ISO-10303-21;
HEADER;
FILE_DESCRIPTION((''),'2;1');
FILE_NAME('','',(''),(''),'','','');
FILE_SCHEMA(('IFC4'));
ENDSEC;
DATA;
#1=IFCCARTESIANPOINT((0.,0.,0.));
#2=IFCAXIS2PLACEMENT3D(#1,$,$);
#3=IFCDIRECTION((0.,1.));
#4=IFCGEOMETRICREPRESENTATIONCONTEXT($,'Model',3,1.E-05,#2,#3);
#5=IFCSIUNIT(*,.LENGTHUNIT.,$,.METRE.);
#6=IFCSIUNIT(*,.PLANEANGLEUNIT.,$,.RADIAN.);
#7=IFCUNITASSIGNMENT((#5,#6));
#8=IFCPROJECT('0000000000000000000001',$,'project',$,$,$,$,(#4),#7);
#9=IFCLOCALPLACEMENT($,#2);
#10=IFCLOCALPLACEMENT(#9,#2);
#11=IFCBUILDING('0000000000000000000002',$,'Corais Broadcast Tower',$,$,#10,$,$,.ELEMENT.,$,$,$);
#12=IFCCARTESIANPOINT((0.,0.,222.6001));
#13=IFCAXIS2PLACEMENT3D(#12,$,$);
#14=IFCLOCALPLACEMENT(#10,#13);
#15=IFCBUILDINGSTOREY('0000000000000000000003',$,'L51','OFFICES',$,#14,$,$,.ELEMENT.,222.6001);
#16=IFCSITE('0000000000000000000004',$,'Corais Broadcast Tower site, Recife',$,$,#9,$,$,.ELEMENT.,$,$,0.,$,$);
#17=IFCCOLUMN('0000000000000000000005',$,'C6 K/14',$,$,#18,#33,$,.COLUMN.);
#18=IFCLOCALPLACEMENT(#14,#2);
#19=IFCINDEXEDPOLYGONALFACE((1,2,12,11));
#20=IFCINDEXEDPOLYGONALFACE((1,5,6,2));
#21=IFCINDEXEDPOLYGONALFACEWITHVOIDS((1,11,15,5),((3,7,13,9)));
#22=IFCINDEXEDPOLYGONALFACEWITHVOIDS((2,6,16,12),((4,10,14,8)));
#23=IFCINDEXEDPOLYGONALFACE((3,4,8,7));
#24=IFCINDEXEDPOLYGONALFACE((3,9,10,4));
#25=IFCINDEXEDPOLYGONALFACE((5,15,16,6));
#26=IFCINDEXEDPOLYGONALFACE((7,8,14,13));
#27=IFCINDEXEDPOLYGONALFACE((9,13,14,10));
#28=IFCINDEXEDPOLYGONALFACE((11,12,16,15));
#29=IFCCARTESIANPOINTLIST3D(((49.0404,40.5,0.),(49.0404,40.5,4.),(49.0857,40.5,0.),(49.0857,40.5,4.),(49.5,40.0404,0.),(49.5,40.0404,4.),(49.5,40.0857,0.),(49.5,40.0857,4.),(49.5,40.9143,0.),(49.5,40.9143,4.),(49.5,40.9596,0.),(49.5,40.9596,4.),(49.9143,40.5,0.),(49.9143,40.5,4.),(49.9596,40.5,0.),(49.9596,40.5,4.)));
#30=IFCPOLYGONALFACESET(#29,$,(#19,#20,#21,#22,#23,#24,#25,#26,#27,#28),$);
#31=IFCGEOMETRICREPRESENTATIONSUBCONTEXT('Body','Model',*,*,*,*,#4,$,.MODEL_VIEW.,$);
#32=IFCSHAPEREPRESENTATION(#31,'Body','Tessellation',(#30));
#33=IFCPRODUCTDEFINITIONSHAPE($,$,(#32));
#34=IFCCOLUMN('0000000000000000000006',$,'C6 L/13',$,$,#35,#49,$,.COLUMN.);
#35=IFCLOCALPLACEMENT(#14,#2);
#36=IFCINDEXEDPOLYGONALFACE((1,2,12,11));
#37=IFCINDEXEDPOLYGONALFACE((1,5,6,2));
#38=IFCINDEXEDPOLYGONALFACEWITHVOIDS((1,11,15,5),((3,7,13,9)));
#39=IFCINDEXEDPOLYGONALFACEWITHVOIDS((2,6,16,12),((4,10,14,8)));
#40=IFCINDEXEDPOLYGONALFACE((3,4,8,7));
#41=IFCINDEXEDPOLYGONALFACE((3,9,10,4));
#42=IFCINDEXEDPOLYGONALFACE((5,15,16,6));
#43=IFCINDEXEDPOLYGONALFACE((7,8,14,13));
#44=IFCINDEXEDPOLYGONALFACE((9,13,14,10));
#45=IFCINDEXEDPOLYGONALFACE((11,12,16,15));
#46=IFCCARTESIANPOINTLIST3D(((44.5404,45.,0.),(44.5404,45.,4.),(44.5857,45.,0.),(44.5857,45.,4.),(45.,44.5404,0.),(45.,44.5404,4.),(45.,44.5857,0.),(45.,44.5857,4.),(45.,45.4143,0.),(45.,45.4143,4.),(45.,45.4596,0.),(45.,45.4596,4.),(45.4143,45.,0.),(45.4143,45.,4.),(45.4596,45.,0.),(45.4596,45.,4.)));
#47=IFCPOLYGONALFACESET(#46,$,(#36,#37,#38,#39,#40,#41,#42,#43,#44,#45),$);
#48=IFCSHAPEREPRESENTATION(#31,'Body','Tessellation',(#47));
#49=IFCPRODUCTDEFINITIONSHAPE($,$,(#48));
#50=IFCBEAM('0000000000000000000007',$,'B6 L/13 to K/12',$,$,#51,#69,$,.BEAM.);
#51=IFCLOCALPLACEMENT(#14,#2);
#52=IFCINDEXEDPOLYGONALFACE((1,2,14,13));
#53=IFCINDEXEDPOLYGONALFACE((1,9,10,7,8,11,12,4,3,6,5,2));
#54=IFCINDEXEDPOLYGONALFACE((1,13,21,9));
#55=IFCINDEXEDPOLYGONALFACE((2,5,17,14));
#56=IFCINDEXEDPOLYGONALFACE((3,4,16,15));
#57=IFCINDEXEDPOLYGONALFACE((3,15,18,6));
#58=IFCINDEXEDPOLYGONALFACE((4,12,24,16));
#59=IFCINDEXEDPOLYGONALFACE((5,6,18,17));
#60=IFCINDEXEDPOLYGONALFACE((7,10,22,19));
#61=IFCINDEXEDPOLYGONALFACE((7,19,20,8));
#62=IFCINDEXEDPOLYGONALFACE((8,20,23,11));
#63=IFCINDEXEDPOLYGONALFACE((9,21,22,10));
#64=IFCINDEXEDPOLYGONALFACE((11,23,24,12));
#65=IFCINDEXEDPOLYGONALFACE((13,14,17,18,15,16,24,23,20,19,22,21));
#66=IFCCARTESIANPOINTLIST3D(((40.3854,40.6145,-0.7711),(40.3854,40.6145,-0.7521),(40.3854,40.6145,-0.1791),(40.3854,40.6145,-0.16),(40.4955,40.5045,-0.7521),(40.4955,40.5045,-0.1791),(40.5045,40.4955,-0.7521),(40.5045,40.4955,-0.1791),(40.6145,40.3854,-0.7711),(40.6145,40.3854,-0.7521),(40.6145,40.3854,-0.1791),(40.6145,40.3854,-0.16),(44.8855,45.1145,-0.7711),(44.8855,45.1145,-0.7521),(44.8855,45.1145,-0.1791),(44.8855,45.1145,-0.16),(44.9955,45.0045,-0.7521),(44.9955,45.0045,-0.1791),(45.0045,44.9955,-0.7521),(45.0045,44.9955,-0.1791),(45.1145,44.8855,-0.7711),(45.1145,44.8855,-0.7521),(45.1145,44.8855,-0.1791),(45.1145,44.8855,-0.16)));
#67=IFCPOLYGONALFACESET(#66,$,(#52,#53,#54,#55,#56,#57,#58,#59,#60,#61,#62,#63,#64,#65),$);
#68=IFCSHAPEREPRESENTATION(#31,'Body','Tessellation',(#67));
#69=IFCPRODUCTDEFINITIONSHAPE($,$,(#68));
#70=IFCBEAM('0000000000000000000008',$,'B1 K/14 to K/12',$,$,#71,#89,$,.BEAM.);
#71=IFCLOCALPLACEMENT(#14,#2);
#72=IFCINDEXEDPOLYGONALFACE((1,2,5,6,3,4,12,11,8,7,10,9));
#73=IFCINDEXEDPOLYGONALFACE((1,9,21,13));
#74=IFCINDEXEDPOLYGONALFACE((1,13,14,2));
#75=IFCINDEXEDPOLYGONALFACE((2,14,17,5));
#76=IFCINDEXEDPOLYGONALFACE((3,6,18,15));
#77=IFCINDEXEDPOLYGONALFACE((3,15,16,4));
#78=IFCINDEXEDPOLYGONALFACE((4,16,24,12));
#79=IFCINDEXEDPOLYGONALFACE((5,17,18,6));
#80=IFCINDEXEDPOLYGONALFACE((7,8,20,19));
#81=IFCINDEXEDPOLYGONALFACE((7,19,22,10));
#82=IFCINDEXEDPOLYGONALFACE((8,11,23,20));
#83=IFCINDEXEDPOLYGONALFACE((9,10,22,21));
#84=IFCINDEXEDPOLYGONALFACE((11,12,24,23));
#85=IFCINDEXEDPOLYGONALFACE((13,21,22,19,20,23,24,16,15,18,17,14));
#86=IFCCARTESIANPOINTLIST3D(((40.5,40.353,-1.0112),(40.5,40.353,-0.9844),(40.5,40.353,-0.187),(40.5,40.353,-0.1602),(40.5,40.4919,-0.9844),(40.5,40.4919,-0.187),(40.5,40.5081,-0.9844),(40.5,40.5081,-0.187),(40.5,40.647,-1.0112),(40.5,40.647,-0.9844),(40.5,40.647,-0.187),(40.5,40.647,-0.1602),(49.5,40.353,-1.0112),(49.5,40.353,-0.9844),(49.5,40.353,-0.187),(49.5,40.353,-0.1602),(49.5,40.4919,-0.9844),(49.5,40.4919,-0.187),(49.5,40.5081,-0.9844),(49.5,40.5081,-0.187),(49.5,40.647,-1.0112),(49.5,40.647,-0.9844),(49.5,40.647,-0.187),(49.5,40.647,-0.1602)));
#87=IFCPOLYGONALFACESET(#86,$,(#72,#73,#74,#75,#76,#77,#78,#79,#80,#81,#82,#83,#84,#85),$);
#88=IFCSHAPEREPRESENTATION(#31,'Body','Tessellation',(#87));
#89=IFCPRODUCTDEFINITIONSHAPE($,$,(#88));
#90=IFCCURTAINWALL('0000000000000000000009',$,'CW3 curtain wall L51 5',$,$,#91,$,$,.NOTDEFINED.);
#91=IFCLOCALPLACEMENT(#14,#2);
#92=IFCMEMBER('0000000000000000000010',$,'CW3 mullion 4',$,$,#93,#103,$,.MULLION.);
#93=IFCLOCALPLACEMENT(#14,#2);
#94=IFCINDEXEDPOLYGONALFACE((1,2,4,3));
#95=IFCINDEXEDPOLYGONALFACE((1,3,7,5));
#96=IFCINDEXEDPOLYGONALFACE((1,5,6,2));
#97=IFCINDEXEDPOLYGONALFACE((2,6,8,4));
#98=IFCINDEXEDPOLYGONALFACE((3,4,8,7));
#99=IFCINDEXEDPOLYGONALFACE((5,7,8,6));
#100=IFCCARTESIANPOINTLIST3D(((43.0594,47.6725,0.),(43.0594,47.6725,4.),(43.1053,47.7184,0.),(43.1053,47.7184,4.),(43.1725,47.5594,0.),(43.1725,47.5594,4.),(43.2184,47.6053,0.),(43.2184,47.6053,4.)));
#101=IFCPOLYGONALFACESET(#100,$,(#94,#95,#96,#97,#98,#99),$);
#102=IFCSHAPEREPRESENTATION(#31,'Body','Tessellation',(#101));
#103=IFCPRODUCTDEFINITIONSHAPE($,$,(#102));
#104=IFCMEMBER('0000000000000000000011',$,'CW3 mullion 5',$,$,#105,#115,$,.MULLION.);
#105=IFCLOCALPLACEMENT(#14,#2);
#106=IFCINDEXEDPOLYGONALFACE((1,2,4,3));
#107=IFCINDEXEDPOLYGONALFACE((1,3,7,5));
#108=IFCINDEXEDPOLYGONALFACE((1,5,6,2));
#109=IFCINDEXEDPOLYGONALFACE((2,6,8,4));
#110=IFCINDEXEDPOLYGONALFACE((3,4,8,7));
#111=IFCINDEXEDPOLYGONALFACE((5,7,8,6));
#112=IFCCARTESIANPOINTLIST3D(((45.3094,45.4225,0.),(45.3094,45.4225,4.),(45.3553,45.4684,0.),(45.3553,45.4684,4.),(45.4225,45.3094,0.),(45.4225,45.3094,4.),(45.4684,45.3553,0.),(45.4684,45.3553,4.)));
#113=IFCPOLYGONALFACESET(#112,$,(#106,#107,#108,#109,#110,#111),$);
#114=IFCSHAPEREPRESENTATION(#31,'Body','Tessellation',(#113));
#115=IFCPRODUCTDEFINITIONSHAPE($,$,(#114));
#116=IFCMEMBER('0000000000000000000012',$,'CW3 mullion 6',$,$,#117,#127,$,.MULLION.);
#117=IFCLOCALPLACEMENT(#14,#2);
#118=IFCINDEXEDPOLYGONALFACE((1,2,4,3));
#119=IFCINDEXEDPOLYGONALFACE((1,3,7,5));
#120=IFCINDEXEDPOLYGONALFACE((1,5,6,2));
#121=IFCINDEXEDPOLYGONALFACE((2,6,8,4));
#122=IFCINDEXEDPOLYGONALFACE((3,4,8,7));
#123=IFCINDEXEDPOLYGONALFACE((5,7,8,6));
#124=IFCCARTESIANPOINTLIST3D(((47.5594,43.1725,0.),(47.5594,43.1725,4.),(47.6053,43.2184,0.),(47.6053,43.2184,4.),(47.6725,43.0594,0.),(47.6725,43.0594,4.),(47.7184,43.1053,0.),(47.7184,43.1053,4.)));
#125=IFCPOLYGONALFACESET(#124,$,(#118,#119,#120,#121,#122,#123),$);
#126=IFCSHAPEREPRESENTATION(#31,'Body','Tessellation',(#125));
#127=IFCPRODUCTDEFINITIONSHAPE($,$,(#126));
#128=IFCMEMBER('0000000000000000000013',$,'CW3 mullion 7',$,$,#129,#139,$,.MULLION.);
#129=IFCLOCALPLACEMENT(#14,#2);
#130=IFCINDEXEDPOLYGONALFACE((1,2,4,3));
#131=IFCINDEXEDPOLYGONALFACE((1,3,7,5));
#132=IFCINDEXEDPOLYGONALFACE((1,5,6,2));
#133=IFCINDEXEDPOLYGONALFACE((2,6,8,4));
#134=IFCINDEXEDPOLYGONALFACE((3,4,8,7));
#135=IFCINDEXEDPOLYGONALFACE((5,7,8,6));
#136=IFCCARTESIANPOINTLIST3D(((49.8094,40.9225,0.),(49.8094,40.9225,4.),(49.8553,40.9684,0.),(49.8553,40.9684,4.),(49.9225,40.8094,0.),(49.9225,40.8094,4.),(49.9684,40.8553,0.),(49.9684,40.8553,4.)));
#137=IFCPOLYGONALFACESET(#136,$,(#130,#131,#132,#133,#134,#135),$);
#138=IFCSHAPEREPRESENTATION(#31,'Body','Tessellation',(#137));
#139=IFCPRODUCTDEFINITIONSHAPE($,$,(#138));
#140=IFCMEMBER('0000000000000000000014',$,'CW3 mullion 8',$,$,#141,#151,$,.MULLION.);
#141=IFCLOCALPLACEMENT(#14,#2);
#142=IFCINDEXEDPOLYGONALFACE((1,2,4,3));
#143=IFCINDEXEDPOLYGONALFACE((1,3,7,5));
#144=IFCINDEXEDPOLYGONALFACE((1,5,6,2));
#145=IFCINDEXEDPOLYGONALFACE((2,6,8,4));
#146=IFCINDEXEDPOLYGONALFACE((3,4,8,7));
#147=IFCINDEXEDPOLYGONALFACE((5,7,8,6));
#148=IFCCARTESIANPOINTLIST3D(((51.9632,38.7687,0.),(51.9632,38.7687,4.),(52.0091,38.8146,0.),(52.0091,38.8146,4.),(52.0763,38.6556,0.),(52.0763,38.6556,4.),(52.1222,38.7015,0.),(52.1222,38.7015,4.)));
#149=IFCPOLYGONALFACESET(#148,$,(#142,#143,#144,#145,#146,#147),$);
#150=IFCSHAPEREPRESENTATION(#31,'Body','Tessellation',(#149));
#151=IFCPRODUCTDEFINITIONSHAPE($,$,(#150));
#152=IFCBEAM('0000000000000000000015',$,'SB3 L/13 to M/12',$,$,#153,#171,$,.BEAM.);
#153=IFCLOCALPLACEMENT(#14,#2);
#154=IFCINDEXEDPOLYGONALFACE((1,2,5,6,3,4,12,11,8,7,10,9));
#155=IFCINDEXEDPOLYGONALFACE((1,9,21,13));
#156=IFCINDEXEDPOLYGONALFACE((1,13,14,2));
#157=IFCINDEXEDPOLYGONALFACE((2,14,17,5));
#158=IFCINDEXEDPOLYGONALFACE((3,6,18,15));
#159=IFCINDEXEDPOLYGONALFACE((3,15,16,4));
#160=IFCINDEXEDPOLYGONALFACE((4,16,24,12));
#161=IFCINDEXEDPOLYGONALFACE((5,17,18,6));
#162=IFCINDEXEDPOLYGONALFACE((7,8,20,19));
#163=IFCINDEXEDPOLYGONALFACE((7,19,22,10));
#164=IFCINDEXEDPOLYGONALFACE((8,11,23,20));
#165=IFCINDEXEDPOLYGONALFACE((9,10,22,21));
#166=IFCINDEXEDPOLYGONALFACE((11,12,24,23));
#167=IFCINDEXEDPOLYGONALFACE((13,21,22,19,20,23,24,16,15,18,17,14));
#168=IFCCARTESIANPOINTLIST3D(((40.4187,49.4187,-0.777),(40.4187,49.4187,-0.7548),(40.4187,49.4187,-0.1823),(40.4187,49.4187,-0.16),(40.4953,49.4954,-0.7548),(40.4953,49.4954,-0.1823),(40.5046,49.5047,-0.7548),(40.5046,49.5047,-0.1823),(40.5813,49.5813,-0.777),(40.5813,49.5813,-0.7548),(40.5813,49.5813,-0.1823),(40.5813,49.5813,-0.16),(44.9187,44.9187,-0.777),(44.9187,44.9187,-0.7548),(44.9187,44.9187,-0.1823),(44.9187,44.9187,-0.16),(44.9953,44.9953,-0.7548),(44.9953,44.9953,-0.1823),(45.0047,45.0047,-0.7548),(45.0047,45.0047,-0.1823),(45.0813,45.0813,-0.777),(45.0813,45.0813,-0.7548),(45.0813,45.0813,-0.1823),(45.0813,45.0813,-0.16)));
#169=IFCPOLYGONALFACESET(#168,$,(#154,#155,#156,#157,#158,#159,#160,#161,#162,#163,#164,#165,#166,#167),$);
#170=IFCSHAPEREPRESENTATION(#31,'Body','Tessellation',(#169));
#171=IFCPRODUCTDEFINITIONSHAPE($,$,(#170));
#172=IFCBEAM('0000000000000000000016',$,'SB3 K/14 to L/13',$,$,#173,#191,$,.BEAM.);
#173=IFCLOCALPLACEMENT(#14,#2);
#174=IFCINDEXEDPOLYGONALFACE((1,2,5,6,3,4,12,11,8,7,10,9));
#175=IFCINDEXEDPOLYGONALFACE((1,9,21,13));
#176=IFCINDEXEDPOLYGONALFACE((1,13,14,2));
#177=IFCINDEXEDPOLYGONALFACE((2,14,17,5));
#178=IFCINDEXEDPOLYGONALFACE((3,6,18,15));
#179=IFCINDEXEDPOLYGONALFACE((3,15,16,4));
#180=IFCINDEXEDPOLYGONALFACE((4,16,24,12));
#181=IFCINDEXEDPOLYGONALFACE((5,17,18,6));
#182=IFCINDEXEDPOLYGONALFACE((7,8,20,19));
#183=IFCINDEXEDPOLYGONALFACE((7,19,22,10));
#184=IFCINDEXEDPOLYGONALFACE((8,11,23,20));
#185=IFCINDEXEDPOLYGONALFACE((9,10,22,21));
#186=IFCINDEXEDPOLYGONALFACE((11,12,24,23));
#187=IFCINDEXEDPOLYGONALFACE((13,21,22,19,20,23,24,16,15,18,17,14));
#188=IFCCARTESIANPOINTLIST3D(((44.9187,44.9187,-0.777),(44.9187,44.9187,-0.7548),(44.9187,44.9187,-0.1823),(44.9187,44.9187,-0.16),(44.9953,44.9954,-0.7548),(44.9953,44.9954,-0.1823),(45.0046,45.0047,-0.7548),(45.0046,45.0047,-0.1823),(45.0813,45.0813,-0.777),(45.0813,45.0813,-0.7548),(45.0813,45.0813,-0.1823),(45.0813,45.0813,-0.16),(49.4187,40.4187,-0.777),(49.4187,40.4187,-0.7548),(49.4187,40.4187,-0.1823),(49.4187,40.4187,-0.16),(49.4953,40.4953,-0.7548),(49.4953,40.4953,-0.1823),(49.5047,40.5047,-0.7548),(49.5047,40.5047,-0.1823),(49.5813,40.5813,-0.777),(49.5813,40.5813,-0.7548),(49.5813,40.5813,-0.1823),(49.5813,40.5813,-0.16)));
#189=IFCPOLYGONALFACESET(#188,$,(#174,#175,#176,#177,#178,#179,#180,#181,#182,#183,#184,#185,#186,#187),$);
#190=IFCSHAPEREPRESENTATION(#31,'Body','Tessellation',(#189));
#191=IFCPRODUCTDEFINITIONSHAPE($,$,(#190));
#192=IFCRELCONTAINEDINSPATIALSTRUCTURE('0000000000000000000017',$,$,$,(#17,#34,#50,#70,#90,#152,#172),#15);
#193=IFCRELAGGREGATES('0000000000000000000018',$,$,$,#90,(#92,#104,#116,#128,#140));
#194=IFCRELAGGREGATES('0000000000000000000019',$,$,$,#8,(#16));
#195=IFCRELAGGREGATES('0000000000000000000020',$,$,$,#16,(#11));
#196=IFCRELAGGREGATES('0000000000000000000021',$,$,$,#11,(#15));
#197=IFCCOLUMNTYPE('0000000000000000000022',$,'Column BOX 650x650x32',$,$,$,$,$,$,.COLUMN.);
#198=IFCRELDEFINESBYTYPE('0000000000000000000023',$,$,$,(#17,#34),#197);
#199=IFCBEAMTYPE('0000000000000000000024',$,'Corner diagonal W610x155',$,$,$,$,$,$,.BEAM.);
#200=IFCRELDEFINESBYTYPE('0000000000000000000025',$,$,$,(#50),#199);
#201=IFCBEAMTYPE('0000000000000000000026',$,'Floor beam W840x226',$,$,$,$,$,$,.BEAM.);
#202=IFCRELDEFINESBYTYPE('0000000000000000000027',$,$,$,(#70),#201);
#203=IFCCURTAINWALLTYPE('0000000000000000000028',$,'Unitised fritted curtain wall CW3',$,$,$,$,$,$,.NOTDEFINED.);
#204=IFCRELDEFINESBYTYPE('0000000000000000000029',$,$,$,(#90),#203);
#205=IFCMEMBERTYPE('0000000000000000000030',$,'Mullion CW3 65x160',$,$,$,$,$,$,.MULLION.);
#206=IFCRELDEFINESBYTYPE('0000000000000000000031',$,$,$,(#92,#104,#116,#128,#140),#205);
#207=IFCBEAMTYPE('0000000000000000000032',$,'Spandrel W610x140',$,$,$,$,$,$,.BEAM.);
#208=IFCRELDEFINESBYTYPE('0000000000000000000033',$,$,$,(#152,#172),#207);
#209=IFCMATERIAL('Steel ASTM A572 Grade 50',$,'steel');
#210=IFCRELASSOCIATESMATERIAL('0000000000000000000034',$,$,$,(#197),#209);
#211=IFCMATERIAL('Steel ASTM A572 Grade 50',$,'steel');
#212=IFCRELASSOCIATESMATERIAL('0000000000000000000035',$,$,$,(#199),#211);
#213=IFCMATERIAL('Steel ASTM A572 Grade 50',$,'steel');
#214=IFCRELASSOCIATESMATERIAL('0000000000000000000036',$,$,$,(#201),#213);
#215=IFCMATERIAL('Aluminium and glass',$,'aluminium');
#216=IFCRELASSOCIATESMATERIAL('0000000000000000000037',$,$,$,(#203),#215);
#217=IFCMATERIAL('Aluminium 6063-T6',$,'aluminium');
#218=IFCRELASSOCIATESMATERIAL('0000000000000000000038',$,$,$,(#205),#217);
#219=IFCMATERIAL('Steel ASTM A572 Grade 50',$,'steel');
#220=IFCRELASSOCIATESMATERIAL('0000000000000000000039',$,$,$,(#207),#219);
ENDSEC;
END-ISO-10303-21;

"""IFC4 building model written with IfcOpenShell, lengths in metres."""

from ifc_helpers import new_model, si_unit, direction, frame, origin, origin_2d, place, context, subcontext, project, spatial, rectangle, hollow_rectangle, i_section, extrude, material, material_profile, profile_set, type_object, element, aggregate, save


model = new_model("IFC4")

# Units and contexts
model_context = context("Model", 3, precision=1e-05, world=origin(), true_north=direction((0.0, 1.0)))
body_context = subcontext(model_context, "Body", "Model", "MODEL_VIEW")
ifc_project = project(units=[si_unit("LENGTHUNIT", "METRE"), si_unit("PLANEANGLEUNIT", "RADIAN")], contexts=[model_context])

# Site, building, storey
site_placement = place(None, origin())
site = spatial("IfcSite", under=ifc_project, at=site_placement, Name="Corais Broadcast Tower site, Recife", CompositionType="ELEMENT", RefElevation=0.0)
building_placement = place(site_placement, origin())
building = spatial("IfcBuilding", under=site, at=building_placement, Name="Corais Broadcast Tower", CompositionType="ELEMENT")
storey_placement = place(building_placement, frame((0.0, 0.0, 222.6001)))
storey = spatial("IfcBuildingStorey", under=building, at=storey_placement, Name="L51", Description="OFFICES", CompositionType="ELEMENT", Elevation=222.6001)

# Columns
ifc_material_1 = material(Name="Steel ASTM A572 Grade 50", Category="steel")
ifc_material_profile_1 = material_profile(ifc_material_1, hollow_rectangle(XDim=0.6499, YDim=0.6499, WallThickness=0.032, at=origin_2d()), Name="BOX 650x650x32")
ifc_profile_set_1 = profile_set([ifc_material_profile_1], Name="Steel ASTM A572 Grade 50")
column_type = type_object("IfcColumnType", Name="Column BOX 650x650x32", PredefinedType="COLUMN", material=ifc_profile_set_1)
for number, where, z_axis, x_axis, name in (
    (1, (49.5, 40.5, 0.0), (0.0, 0.0, 1.0), (0.707107, 0.707107, 0.0), "C6 K/14"),
    (2, (45.0, 45.0, 0.0), (0.0, 0.0, 1.0), (0.707107, 0.707107, 0.0), "C6 L/13"),
):
    element("IfcColumn", number, at=place(storey_placement, frame(where, z_axis=z_axis, x_axis=x_axis)), inside=storey, type_object=column_type, Name=name, PredefinedType="COLUMN", context=body_context, shape_type="SweptSolid", body=[
        extrude(hollow_rectangle(XDim=0.6499, YDim=0.6499, WallThickness=0.032, at=origin_2d()), origin(), (0.0, 0.0, 1.0), 4.0),
    ])

# Beams
ifc_material_2 = material(Name="Steel ASTM A572 Grade 50", Category="steel")
ifc_material_profile_2 = material_profile(ifc_material_2, i_section(OverallWidth=0.324, OverallDepth=0.6111, WebThickness=0.0127, FlangeThickness=0.019, at=origin_2d()), Name="W610x155")
ifc_profile_set_2 = profile_set([ifc_material_profile_2], Name="Steel ASTM A572 Grade 50")
beam_type_1 = type_object("IfcBeamType", Name="Corner diagonal W610x155", PredefinedType="BEAM", material=ifc_profile_set_2)
beam_1_placement = place(storey_placement, frame((45.0, 45.0, -0.4656), z_axis=(-0.707107, -0.707107, 0.0), x_axis=(0.707107, -0.707107, 0.0)))
element("IfcBeam", 3, at=beam_1_placement, inside=storey, type_object=beam_type_1, Name="B6 L/13 to K/12", PredefinedType="BEAM", context=body_context, shape_type="SweptSolid", body=[
    extrude(i_section(OverallWidth=0.324, OverallDepth=0.6111, WebThickness=0.0127, FlangeThickness=0.019, at=origin_2d()), origin(), (0.0, 0.0, 1.0), 6.364),
])
ifc_material_3 = material(Name="Steel ASTM A572 Grade 50", Category="steel")
ifc_material_profile_3 = material_profile(ifc_material_3, i_section(OverallWidth=0.2939, OverallDepth=0.8511, WebThickness=0.0161, FlangeThickness=0.0269, at=origin_2d()), Name="W840x226")
ifc_profile_set_3 = profile_set([ifc_material_profile_3], Name="Steel ASTM A572 Grade 50")
beam_type_2 = type_object("IfcBeamType", Name="Floor beam W840x226", PredefinedType="BEAM", material=ifc_profile_set_3)
beam_2_placement = place(storey_placement, frame((49.5, 40.5, -0.5857), z_axis=(-1.0, 0.0, 0.0), x_axis=(0.0, -1.0, 0.0)))
element("IfcBeam", 4, at=beam_2_placement, inside=storey, type_object=beam_type_2, Name="B1 K/14 to K/12", PredefinedType="BEAM", context=body_context, shape_type="SweptSolid", body=[
    extrude(i_section(OverallWidth=0.2939, OverallDepth=0.8511, WebThickness=0.0161, FlangeThickness=0.0269, at=origin_2d()), origin(), (0.0, 0.0, 1.0), 9.0),
])

# Curtain wall, members
ifc_material_4 = material(Name="Aluminium and glass", Category="aluminium")
curtain_wall_type = type_object("IfcCurtainWallType", Name="Unitised fritted curtain wall CW3", PredefinedType="NOTDEFINED", material=ifc_material_4)
curtain_wall_placement = place(storey_placement, origin())
curtain_wall = element("IfcCurtainWall", 5, at=curtain_wall_placement, inside=storey, type_object=curtain_wall_type, Name="CW3 curtain wall L51 5", PredefinedType="NOTDEFINED")
ifc_material_5 = material(Name="Aluminium 6063-T6", Category="aluminium")
ifc_material_profile_4 = material_profile(ifc_material_5, rectangle(XDim=0.0649, YDim=0.1599, at=origin_2d()), Name="Mullion CW3 65x160")
ifc_profile_set_4 = profile_set([ifc_material_profile_4], Name="Aluminium 6063-T6")
member_type_1 = type_object("IfcMemberType", Name="Mullion CW3 65x160", PredefinedType="MULLION", material=ifc_profile_set_4)
member_1_placement = place(storey_placement, frame((43.1389, 47.6389, 0.0), z_axis=(0.0, 0.0, 1.0), x_axis=(0.707107, 0.707107, 0.0)))
member_1 = element("IfcMember", 6, at=member_1_placement, type_object=member_type_1, Name="CW3 mullion 4", PredefinedType="MULLION", context=body_context, shape_type="SweptSolid", body=[
    extrude(rectangle(XDim=0.0649, YDim=0.1599, at=origin_2d()), origin(), (0.0, 0.0, 1.0), 4.0),
])
member_2_placement = place(storey_placement, frame((45.3889, 45.3889, 0.0), z_axis=(0.0, 0.0, 1.0), x_axis=(0.707107, 0.707107, 0.0)))
member_2 = element("IfcMember", 7, at=member_2_placement, type_object=member_type_1, Name="CW3 mullion 5", PredefinedType="MULLION", context=body_context, shape_type="SweptSolid", body=[
    extrude(rectangle(XDim=0.0649, YDim=0.1599, at=origin_2d()), origin(), (0.0, 0.0, 1.0), 4.0),
])
member_3_placement = place(storey_placement, frame((47.6389, 43.1389, 0.0), z_axis=(0.0, 0.0, 1.0), x_axis=(0.707107, 0.707107, 0.0)))
member_3 = element("IfcMember", 8, at=member_3_placement, type_object=member_type_1, Name="CW3 mullion 6", PredefinedType="MULLION", context=body_context, shape_type="SweptSolid", body=[
    extrude(rectangle(XDim=0.0649, YDim=0.1599, at=origin_2d()), origin(), (0.0, 0.0, 1.0), 4.0),
])
member_4_placement = place(storey_placement, frame((49.8889, 40.8889, 0.0), z_axis=(0.0, 0.0, 1.0), x_axis=(0.707107, 0.707107, 0.0)))
member_4 = element("IfcMember", 9, at=member_4_placement, type_object=member_type_1, Name="CW3 mullion 7", PredefinedType="MULLION", context=body_context, shape_type="SweptSolid", body=[
    extrude(rectangle(XDim=0.0649, YDim=0.1599, at=origin_2d()), origin(), (0.0, 0.0, 1.0), 4.0),
])
member_5_placement = place(storey_placement, frame((52.0427, 38.7351, 0.0), z_axis=(0.0, 0.0, 1.0), x_axis=(0.707107, 0.707107, 0.0)))
member_5 = element("IfcMember", 10, at=member_5_placement, type_object=member_type_1, Name="CW3 mullion 8", PredefinedType="MULLION", context=body_context, shape_type="SweptSolid", body=[
    extrude(rectangle(XDim=0.0649, YDim=0.1599, at=origin_2d()), origin(), (0.0, 0.0, 1.0), 4.0),
])

# Beams
ifc_material_6 = material(Name="Steel ASTM A572 Grade 50", Category="steel")
ifc_material_profile_5 = material_profile(ifc_material_6, i_section(OverallWidth=0.23, OverallDepth=0.6169, WebThickness=0.0132, FlangeThickness=0.0222, at=origin_2d()), Name="W610x140")
ifc_profile_set_5 = profile_set([ifc_material_profile_5], Name="Steel ASTM A572 Grade 50")
beam_type_3 = type_object("IfcBeamType", Name="Spandrel W610x140", PredefinedType="BEAM", material=ifc_profile_set_5)
for number, where, z_axis, x_axis, name in (
    (11, (45.0, 45.0, -0.4685), (-0.707107, 0.707107, 0.0), (-0.707107, -0.707107, 0.0), "SB3 L/13 to M/12"),
    (12, (49.5, 40.5, -0.4685), (-0.707107, 0.707107, 0.0), (-0.707107, -0.707107, 0.0), "SB3 K/14 to L/13"),
):
    element("IfcBeam", number, at=place(storey_placement, frame(where, z_axis=z_axis, x_axis=x_axis)), inside=storey, type_object=beam_type_3, Name=name, PredefinedType="BEAM", context=body_context, shape_type="SweptSolid", body=[
        extrude(i_section(OverallWidth=0.23, OverallDepth=0.6169, WebThickness=0.0132, FlangeThickness=0.0222, at=origin_2d()), origin(), (0.0, 0.0, 1.0), 6.364),
    ])

aggregate(curtain_wall, [member_1, member_2, member_3, member_4, member_5])

save(model, "model.ifc")
